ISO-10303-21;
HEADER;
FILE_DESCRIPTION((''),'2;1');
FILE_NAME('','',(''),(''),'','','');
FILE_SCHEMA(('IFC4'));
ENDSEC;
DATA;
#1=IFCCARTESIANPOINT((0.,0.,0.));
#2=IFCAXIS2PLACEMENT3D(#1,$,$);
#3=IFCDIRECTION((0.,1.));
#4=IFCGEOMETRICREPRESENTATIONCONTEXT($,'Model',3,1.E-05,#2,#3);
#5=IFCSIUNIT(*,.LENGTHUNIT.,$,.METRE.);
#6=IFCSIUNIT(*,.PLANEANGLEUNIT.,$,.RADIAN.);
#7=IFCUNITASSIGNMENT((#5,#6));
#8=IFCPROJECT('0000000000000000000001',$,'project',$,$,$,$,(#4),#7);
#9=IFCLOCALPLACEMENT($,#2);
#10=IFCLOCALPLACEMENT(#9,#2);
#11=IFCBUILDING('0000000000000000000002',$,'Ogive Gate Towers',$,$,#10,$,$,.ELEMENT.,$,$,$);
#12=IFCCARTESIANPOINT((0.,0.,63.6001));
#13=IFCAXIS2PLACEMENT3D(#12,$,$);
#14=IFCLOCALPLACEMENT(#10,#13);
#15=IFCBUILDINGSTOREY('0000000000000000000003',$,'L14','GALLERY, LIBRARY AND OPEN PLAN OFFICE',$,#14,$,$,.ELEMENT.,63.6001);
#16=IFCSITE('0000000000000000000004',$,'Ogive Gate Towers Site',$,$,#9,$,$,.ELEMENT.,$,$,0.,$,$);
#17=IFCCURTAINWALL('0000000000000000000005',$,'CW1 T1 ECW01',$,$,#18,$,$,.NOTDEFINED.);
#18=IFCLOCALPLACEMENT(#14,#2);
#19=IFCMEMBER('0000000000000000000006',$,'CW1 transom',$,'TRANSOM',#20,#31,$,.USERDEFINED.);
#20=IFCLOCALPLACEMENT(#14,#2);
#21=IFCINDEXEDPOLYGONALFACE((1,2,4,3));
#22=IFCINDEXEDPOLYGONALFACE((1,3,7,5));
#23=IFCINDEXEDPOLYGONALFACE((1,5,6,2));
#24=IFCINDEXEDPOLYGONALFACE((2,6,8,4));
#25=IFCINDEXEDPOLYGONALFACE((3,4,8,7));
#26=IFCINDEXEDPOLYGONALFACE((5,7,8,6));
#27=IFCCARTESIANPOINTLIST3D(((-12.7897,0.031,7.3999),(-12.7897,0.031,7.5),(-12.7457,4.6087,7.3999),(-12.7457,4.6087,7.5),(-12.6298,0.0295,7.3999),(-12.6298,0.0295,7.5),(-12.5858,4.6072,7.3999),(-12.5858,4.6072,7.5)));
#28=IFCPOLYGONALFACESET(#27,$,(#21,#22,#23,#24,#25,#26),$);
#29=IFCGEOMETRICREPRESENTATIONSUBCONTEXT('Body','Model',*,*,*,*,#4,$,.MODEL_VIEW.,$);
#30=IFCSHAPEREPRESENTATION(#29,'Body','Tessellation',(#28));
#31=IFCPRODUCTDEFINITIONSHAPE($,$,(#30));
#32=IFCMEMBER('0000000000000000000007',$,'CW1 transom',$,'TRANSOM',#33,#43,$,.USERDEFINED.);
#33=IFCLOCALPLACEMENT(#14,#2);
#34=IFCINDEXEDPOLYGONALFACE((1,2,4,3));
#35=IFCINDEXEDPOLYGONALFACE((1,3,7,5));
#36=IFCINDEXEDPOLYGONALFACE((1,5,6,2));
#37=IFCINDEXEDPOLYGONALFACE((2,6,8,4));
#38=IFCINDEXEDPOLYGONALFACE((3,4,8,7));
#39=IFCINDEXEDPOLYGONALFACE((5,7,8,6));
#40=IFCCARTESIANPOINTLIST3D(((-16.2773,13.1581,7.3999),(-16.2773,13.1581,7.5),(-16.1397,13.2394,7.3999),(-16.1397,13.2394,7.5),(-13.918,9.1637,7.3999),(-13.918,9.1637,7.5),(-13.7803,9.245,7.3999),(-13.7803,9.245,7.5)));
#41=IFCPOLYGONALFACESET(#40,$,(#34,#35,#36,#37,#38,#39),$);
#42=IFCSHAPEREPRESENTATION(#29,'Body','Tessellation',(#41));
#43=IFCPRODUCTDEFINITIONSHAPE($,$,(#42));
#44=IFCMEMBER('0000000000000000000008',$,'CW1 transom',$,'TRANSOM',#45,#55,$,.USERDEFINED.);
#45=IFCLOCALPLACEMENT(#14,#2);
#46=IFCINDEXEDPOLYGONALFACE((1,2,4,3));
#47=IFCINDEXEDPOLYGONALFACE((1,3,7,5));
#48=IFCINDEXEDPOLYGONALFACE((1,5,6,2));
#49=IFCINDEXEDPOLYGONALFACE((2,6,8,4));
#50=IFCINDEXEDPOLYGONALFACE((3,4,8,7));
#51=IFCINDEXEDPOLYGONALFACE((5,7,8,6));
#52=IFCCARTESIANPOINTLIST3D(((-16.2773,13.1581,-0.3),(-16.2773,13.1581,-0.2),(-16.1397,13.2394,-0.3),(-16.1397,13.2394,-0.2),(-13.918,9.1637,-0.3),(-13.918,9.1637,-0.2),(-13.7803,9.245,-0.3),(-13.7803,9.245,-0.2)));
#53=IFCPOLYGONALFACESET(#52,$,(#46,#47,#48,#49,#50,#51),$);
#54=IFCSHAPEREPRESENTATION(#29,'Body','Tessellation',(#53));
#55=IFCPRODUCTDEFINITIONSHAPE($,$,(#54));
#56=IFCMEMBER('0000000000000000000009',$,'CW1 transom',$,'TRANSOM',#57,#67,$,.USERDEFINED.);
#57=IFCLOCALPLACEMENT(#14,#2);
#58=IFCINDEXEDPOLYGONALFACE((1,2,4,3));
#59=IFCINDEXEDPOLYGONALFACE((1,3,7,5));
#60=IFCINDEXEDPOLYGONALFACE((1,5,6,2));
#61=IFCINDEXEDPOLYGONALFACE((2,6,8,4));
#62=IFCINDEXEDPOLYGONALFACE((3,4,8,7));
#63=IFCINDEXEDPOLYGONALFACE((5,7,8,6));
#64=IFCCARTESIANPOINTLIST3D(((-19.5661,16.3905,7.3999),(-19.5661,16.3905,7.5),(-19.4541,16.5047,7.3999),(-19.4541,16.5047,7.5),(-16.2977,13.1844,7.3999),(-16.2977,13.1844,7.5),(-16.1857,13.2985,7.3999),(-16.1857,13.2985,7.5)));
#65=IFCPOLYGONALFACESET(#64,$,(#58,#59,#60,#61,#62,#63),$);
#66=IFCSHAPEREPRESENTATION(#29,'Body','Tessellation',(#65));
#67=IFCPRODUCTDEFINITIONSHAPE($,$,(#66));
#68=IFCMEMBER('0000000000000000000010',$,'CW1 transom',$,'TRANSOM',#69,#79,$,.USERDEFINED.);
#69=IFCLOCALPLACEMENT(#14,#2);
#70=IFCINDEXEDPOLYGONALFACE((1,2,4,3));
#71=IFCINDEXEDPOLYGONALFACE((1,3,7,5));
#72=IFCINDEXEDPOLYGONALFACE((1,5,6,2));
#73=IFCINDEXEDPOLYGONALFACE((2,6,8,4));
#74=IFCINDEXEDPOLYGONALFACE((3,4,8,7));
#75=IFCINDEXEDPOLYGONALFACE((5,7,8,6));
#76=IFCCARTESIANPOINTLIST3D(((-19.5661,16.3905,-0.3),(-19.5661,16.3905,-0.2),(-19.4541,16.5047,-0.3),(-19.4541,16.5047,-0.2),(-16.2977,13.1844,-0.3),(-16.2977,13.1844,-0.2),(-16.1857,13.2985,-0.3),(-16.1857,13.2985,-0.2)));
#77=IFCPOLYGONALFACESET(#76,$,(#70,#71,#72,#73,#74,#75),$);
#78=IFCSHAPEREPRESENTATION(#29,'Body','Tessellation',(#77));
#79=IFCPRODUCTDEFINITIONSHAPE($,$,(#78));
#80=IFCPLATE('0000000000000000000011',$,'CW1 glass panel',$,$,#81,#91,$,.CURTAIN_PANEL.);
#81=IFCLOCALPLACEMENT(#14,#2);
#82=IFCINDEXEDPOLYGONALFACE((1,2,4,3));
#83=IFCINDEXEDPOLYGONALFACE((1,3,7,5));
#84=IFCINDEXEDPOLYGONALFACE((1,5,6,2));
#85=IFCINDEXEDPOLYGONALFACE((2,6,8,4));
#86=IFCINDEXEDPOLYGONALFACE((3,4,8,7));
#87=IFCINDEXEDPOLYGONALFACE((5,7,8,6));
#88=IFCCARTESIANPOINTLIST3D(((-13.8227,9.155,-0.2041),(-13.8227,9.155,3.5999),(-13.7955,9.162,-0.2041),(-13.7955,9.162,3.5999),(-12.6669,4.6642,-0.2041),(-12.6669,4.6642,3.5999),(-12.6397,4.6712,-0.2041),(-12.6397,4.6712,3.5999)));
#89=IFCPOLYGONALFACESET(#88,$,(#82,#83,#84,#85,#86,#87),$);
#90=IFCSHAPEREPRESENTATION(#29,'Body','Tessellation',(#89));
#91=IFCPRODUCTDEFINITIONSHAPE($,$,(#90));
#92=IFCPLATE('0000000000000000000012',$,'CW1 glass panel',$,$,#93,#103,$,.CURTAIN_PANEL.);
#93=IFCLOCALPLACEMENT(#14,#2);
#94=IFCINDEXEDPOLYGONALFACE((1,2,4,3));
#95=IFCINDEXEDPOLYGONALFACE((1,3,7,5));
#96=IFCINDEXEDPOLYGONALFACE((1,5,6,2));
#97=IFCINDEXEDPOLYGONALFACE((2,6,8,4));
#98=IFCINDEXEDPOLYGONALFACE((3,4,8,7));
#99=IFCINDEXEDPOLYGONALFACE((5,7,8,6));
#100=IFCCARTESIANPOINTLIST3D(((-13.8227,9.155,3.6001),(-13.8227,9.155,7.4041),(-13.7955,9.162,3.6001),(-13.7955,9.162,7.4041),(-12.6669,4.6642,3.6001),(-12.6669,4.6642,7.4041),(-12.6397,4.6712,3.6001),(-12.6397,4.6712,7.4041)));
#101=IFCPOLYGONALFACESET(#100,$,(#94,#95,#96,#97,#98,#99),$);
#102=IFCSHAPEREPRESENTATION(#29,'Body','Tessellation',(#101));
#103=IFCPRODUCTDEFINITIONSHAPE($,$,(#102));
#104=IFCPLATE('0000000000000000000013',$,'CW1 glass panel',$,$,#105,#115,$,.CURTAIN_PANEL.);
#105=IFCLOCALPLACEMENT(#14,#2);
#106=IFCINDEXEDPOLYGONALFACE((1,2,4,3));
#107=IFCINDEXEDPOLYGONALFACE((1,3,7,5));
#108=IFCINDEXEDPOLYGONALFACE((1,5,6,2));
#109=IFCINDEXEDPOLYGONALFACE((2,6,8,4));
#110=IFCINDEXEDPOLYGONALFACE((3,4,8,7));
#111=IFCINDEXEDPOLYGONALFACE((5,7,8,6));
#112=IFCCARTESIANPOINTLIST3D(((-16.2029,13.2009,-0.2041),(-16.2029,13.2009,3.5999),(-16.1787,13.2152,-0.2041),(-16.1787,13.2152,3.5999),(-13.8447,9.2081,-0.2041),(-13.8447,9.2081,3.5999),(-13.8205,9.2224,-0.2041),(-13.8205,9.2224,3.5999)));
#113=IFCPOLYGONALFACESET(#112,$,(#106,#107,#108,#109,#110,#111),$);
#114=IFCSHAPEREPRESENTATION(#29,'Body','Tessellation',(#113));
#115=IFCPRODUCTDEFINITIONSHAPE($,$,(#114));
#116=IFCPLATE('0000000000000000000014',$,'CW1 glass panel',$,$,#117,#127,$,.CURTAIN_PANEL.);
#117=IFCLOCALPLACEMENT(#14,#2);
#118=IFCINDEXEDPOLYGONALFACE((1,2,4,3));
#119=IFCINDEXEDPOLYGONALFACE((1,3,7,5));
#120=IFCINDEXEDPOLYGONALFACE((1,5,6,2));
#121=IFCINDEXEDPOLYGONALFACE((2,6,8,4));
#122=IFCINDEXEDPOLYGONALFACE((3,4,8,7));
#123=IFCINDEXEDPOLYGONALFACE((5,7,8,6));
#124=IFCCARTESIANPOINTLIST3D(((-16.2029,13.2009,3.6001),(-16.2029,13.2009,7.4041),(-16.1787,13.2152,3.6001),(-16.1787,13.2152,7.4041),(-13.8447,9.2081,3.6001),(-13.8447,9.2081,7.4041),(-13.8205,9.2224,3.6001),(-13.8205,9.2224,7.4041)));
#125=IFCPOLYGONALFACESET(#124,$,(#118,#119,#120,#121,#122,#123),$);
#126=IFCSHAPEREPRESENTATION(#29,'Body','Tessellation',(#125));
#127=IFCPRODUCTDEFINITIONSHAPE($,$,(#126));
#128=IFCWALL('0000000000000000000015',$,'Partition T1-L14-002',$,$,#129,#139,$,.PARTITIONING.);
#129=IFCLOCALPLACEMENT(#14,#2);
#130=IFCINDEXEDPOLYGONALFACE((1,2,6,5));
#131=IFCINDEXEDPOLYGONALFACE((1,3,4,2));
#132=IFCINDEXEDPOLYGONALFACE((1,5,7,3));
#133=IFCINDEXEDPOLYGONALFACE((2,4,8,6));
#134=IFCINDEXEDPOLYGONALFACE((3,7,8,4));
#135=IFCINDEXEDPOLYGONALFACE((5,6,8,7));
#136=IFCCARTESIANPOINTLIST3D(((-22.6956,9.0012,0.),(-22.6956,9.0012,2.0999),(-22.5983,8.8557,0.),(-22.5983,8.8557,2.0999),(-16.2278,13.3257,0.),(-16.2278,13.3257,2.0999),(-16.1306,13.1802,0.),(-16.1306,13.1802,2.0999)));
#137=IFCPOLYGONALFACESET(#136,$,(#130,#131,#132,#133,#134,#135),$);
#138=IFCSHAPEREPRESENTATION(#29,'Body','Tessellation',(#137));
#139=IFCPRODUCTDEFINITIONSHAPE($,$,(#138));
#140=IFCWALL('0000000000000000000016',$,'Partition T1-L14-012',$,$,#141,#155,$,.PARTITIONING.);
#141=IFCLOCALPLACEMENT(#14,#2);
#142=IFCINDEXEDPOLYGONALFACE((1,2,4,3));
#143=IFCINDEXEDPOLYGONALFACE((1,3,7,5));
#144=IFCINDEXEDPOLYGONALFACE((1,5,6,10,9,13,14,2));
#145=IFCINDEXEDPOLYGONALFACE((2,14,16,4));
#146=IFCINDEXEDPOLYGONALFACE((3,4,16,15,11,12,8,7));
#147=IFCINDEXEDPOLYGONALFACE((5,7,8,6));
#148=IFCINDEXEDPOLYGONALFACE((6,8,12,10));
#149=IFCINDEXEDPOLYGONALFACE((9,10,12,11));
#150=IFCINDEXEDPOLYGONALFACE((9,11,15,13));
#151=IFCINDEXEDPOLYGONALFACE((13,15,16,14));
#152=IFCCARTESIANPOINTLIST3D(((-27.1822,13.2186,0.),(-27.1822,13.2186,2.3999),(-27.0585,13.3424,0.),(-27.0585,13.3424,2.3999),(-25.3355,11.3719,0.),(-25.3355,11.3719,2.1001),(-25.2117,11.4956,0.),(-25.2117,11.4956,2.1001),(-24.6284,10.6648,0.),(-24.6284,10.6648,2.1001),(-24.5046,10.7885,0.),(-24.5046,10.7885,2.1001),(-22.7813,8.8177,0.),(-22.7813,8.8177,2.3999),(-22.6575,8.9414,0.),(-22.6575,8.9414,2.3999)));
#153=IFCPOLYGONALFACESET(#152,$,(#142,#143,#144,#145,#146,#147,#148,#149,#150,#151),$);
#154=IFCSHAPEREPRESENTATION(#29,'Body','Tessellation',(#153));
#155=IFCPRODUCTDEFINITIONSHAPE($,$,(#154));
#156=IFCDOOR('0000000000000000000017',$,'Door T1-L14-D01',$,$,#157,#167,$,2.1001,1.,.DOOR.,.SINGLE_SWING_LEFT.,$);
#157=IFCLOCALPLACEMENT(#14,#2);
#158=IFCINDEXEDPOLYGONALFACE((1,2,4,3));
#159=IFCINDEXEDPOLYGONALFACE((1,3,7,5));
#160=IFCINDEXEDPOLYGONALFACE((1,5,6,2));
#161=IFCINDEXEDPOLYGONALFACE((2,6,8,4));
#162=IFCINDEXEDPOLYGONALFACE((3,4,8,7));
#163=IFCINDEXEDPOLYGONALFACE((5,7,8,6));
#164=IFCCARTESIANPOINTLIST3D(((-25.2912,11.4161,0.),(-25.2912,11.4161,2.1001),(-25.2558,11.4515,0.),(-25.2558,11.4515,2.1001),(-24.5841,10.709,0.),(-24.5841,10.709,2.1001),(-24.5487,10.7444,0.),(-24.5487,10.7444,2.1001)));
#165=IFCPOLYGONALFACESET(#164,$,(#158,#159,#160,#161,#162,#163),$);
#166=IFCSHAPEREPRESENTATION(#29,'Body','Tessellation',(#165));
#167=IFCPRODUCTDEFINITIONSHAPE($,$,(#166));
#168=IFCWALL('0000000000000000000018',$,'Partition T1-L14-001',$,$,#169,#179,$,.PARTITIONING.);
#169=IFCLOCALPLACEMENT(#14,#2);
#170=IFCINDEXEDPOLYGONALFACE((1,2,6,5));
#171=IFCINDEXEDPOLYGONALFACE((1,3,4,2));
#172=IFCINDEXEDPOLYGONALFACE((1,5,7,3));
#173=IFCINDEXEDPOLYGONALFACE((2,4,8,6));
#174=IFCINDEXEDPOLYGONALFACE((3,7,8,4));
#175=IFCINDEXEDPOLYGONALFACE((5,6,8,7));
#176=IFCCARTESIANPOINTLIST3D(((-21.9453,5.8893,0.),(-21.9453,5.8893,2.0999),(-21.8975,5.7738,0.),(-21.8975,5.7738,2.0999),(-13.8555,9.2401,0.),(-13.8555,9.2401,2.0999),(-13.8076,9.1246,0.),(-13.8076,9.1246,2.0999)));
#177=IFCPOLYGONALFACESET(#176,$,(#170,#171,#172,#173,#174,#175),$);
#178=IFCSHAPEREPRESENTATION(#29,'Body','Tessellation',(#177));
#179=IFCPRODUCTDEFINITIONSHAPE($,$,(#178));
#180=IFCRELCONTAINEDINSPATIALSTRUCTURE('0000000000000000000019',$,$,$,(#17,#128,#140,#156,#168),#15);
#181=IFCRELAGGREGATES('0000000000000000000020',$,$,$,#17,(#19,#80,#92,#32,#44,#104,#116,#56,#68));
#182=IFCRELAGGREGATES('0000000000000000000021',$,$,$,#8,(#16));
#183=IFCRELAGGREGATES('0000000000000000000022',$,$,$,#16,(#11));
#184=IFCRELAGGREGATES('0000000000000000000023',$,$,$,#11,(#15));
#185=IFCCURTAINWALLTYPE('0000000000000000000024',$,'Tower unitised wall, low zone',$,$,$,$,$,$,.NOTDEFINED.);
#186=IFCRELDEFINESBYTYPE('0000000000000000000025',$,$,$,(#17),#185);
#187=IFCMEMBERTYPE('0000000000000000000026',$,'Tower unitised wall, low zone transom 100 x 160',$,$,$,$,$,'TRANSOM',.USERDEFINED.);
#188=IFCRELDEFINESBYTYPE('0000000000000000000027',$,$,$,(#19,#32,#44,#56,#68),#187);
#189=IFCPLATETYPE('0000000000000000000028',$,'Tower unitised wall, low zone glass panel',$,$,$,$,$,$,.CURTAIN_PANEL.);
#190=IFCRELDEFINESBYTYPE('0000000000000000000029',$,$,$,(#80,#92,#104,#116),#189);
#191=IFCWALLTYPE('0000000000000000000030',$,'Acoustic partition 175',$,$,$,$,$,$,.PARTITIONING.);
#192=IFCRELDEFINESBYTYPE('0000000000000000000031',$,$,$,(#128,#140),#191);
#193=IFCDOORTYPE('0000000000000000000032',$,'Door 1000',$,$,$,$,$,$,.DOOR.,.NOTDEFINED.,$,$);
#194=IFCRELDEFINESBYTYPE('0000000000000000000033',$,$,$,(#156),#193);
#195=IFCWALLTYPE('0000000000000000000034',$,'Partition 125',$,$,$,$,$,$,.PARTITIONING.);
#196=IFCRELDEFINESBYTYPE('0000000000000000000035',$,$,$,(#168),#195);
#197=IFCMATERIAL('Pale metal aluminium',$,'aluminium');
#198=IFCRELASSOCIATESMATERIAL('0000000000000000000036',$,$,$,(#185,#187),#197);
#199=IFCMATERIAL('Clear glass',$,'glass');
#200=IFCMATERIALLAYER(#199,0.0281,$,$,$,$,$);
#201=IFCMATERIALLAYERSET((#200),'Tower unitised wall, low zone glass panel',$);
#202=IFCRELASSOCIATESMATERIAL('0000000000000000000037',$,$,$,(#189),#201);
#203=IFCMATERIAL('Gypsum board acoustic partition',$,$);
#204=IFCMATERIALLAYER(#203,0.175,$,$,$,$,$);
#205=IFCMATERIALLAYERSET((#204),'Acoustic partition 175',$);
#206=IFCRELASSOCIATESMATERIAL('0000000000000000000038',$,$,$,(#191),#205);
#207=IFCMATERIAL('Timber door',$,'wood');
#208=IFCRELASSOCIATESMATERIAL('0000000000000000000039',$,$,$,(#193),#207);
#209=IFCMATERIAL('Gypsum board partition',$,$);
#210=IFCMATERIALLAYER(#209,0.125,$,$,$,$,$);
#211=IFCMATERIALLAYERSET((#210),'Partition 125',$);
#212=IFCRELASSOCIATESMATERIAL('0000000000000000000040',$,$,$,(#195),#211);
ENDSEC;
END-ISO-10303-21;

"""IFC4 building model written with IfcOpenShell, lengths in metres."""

from ifc_helpers import new_model, si_unit, direction, frame, frame_2d, origin, origin_2d, place, context, subcontext, project, spatial, rectangle, extrude, material, layer, layer_set, material_profile, profile_set, type_object, element, fill, aggregate, save


model = new_model("IFC4")

# Units and contexts
model_context = context("Model", 3, precision=1e-05, world=origin(), true_north=direction((0.0, 1.0)))
body_context = subcontext(model_context, "Body", "Model", "MODEL_VIEW")
ifc_project = project(units=[si_unit("LENGTHUNIT", "METRE"), si_unit("PLANEANGLEUNIT", "RADIAN")], contexts=[model_context])

# Site, building, storey
site_placement = place(None, origin())
site = spatial("IfcSite", under=ifc_project, at=site_placement, Name="Ogive Gate Towers Site", CompositionType="ELEMENT", RefElevation=0.0)
building_placement = place(site_placement, origin())
building = spatial("IfcBuilding", under=site, at=building_placement, Name="Ogive Gate Towers", CompositionType="ELEMENT")
storey_placement = place(building_placement, frame((0.0, 0.0, 63.6001)))
storey = spatial("IfcBuildingStorey", under=building, at=storey_placement, Name="L14", Description="GALLERY, LIBRARY AND OPEN PLAN OFFICE", CompositionType="ELEMENT", Elevation=63.6001)

# Curtain wall, members, plates
ifc_material_1 = material(Name="Pale metal aluminium", Category="aluminium")
curtain_wall_type = type_object("IfcCurtainWallType", Name="Tower unitised wall, low zone", PredefinedType="NOTDEFINED", material=ifc_material_1)
curtain_wall_placement = place(storey_placement, origin())
curtain_wall = element("IfcCurtainWall", 1, at=curtain_wall_placement, inside=storey, type_object=curtain_wall_type, Name="CW1 T1 ECW01", PredefinedType="NOTDEFINED")
ifc_material_profile_1 = material_profile(ifc_material_1, rectangle(XDim=0.1599, YDim=0.1001, at=origin_2d()), Name="100 x 160 aluminium box")
ifc_profile_set_1 = profile_set([ifc_material_profile_1], Name="Pale metal aluminium")
member_type_1 = type_object("IfcMemberType", Name="Tower unitised wall, low zone transom 100 x 160", ElementType="TRANSOM", PredefinedType="USERDEFINED", material=ifc_profile_set_1)
member_1_placement = place(storey_placement, frame((-12.7097, 0.0303, 7.45), z_axis=(0.0096, 0.999954, 0.0), x_axis=(-0.999954, 0.0096, 0.0)))
member_1 = element("IfcMember", 2, at=member_1_placement, type_object=member_type_1, Name="CW1 transom", ObjectType="TRANSOM", PredefinedType="USERDEFINED", context=body_context, shape_type="SweptSolid", body=[
    extrude(rectangle(XDim=0.1599, YDim=0.1001, at=origin_2d()), origin(), (0.0, 0.0, 1.0), 4.5779),
])
member_2_placement = place(storey_placement, frame((-13.8491, 9.2043, 7.45), z_axis=(-0.508579, 0.861016, 0.0), x_axis=(-0.861016, -0.508579, 0.0)))
member_2 = element("IfcMember", 3, at=member_2_placement, type_object=member_type_1, Name="CW1 transom", ObjectType="TRANSOM", PredefinedType="USERDEFINED", context=body_context, shape_type="SweptSolid", body=[
    extrude(rectangle(XDim=0.1599, YDim=0.1001, at=origin_2d()), origin(), (0.0, 0.0, 1.0), 4.6392),
])
member_3_placement = place(storey_placement, frame((-13.8491, 9.2043, -0.25), z_axis=(-0.508579, 0.861016, 0.0), x_axis=(-0.861016, -0.508579, 0.0)))
member_3 = element("IfcMember", 4, at=member_3_placement, type_object=member_type_1, Name="CW1 transom", ObjectType="TRANSOM", PredefinedType="USERDEFINED", context=body_context, shape_type="SweptSolid", body=[
    extrude(rectangle(XDim=0.1599, YDim=0.1001, at=origin_2d()), origin(), (0.0, 0.0, 1.0), 4.6392),
])
member_4_placement = place(storey_placement, frame((-16.2417, 13.2415, 7.45), z_axis=(-0.713873, 0.700275, 0.0), x_axis=(-0.700275, -0.713873, 0.0)))
member_4 = element("IfcMember", 5, at=member_4_placement, type_object=member_type_1, Name="CW1 transom", ObjectType="TRANSOM", PredefinedType="USERDEFINED", context=body_context, shape_type="SweptSolid", body=[
    extrude(rectangle(XDim=0.1599, YDim=0.1001, at=origin_2d()), origin(), (0.0, 0.0, 1.0), 4.5784),
])
member_5_placement = place(storey_placement, frame((-16.2417, 13.2415, -0.25), z_axis=(-0.713873, 0.700275, 0.0), x_axis=(-0.700275, -0.713873, 0.0)))
member_5 = element("IfcMember", 6, at=member_5_placement, type_object=member_type_1, Name="CW1 transom", ObjectType="TRANSOM", PredefinedType="USERDEFINED", context=body_context, shape_type="SweptSolid", body=[
    extrude(rectangle(XDim=0.1599, YDim=0.1001, at=origin_2d()), origin(), (0.0, 0.0, 1.0), 4.5784),
])
ifc_material_2 = material(Name="Clear glass", Category="glass")
ifc_layer_1 = layer(ifc_material_2, 0.0281)
ifc_layer_set_1 = layer_set([ifc_layer_1], Name="Tower unitised wall, low zone glass panel")
plate_type = type_object("IfcPlateType", Name="Tower unitised wall, low zone glass panel", PredefinedType="CURTAIN_PANEL", material=ifc_layer_set_1)
plate_1_placement = place(storey_placement, frame((-13.2312, 6.9131, -0.2041), z_axis=(0.0, 0.0, 1.0), x_axis=(-0.249248, 0.96844, 0.0)))
plate_1 = element("IfcPlate", 7, at=plate_1_placement, type_object=plate_type, Name="CW1 glass panel", PredefinedType="CURTAIN_PANEL", context=body_context, shape_type="SweptSolid", body=[
    extrude(rectangle(XDim=4.6372, YDim=0.0281, at=origin_2d()), origin(), (0.0, 0.0, 1.0), 3.804),
])
plate_2_placement = place(storey_placement, frame((-13.2312, 6.9131, 3.6001), z_axis=(0.0, 0.0, 1.0), x_axis=(-0.249248, 0.96844, 0.0)))
plate_2 = element("IfcPlate", 8, at=plate_2_placement, type_object=plate_type, Name="CW1 glass panel", PredefinedType="CURTAIN_PANEL", context=body_context, shape_type="SweptSolid", body=[
    extrude(rectangle(XDim=4.6372, YDim=0.0281, at=origin_2d()), origin(), (0.0, 0.0, 1.0), 3.804),
])
plate_3_placement = place(storey_placement, frame((-15.0117, 11.2117, -0.2041), z_axis=(0.0, 0.0, 1.0), x_axis=(-0.508546, 0.861035, 0.0)))
plate_3 = element("IfcPlate", 9, at=plate_3_placement, type_object=plate_type, Name="CW1 glass panel", PredefinedType="CURTAIN_PANEL", context=body_context, shape_type="SweptSolid", body=[
    extrude(rectangle(XDim=4.6372, YDim=0.0281, at=origin_2d()), origin(), (0.0, 0.0, 1.0), 3.804),
])
plate_4_placement = place(storey_placement, frame((-15.0117, 11.2117, 3.6001), z_axis=(0.0, 0.0, 1.0), x_axis=(-0.508546, 0.861035, 0.0)))
plate_4 = element("IfcPlate", 10, at=plate_4_placement, type_object=plate_type, Name="CW1 glass panel", PredefinedType="CURTAIN_PANEL", context=body_context, shape_type="SweptSolid", body=[
    extrude(rectangle(XDim=4.6372, YDim=0.0281, at=origin_2d()), origin(), (0.0, 0.0, 1.0), 3.804),
])
aggregate(curtain_wall, [member_1, plate_1, plate_2, member_2, member_3, plate_3, plate_4, member_4, member_5])

# Wall
ifc_material_3 = material(Name="Gypsum board acoustic partition")
ifc_layer_2 = layer(ifc_material_3, 0.175)
ifc_layer_set_2 = layer_set([ifc_layer_2], Name="Acoustic partition 175")
wall_type_1 = type_object("IfcWallType", Name="Acoustic partition 175", PredefinedType="PARTITIONING", material=ifc_layer_set_2)
wall_1_placement = place(storey_placement, frame((-16.1792, 13.2529, 0.0), z_axis=(0.0, 0.0, 1.0), x_axis=(-0.831301, -0.555822, 0.0)))
element("IfcWall", 11, at=wall_1_placement, inside=storey, type_object=wall_type_1, Name="Partition T1-L14-002", PredefinedType="PARTITIONING", context=body_context, shape_type="SweptSolid", body=[
    extrude(rectangle(XDim=7.7803, YDim=0.175, at=frame_2d((3.8901, 0.0))), origin(), (0.0, 0.0, 1.0), 2.0999),
])

# Wall, opening, door
wall_2_placement = place(storey_placement, frame((-22.7195, 8.8796, 0.0), z_axis=(0.0, 0.0, 1.0), x_axis=(-0.707107, 0.707107, 0.0)))
wall_2 = element("IfcWall", 12, at=wall_2_placement, inside=storey, type_object=wall_type_1, Name="Partition T1-L14-012", PredefinedType="PARTITIONING", context=body_context, shape_type="SweptSolid", body=[
    extrude(rectangle(XDim=6.2239, YDim=0.175, at=frame_2d((3.1118, 0.0))), origin(), (0.0, 0.0, 1.0), 2.3999),
])
opening_placement = place(wall_2_placement, frame((2.6121, 0.0, 0.0)))
opening = element("IfcOpeningElement", 13, at=opening_placement, cuts=wall_2, PredefinedType="OPENING", context=body_context, shape_type="SweptSolid", body=[
    extrude(rectangle(XDim=1.0, YDim=2.1001, at=frame_2d((0.5, 1.05))), frame((0.0, 0.0977, 0.0), z_axis=(0.0, -1.0, 0.0), x_axis=(1.0, 0.0, 0.0)), (0.0, 0.0, 1.0), 0.1951),
])
ifc_material_4 = material(Name="Timber door", Category="wood")
door_type = type_object("IfcDoorType", Name="Door 1000", OperationType="NOTDEFINED", PredefinedType="DOOR", material=ifc_material_4)
door_placement = place(opening_placement, origin())
door = element("IfcDoor", 14, at=door_placement, inside=storey, type_object=door_type, Name="Door T1-L14-D01", OperationType="SINGLE_SWING_LEFT", OverallHeight=2.1001, OverallWidth=1.0, PredefinedType="DOOR", context=body_context, shape_type="SweptSolid", body=[
    extrude(rectangle(XDim=1.0, YDim=2.1001, at=frame_2d((0.5, 1.05))), frame((0.0, 0.0249, 0.0), z_axis=(0.0, -1.0, 0.0), x_axis=(1.0, 0.0, 0.0)), (0.0, 0.0, 1.0), 0.05),
])
fill(opening, door)

# Wall
ifc_material_5 = material(Name="Gypsum board partition")
ifc_layer_3 = layer(ifc_material_5, 0.125)
ifc_layer_set_3 = layer_set([ifc_layer_3], Name="Partition 125")
wall_type_2 = type_object("IfcWallType", Name="Partition 125", PredefinedType="PARTITIONING", material=ifc_layer_set_3)
wall_3_placement = place(storey_placement, frame((-13.8315, 9.1824, 0.0), z_axis=(0.0, 0.0, 1.0), x_axis=(-0.923883, -0.382674, 0.0)))
element("IfcWall", 15, at=wall_3_placement, inside=storey, type_object=wall_type_2, Name="Partition T1-L14-001", PredefinedType="PARTITIONING", context=body_context, shape_type="SweptSolid", body=[
    extrude(rectangle(XDim=8.7563, YDim=0.125, at=frame_2d((4.3782, 0.0))), origin(), (0.0, 0.0, 1.0), 2.0999),
])

save(model, "model.ifc")
